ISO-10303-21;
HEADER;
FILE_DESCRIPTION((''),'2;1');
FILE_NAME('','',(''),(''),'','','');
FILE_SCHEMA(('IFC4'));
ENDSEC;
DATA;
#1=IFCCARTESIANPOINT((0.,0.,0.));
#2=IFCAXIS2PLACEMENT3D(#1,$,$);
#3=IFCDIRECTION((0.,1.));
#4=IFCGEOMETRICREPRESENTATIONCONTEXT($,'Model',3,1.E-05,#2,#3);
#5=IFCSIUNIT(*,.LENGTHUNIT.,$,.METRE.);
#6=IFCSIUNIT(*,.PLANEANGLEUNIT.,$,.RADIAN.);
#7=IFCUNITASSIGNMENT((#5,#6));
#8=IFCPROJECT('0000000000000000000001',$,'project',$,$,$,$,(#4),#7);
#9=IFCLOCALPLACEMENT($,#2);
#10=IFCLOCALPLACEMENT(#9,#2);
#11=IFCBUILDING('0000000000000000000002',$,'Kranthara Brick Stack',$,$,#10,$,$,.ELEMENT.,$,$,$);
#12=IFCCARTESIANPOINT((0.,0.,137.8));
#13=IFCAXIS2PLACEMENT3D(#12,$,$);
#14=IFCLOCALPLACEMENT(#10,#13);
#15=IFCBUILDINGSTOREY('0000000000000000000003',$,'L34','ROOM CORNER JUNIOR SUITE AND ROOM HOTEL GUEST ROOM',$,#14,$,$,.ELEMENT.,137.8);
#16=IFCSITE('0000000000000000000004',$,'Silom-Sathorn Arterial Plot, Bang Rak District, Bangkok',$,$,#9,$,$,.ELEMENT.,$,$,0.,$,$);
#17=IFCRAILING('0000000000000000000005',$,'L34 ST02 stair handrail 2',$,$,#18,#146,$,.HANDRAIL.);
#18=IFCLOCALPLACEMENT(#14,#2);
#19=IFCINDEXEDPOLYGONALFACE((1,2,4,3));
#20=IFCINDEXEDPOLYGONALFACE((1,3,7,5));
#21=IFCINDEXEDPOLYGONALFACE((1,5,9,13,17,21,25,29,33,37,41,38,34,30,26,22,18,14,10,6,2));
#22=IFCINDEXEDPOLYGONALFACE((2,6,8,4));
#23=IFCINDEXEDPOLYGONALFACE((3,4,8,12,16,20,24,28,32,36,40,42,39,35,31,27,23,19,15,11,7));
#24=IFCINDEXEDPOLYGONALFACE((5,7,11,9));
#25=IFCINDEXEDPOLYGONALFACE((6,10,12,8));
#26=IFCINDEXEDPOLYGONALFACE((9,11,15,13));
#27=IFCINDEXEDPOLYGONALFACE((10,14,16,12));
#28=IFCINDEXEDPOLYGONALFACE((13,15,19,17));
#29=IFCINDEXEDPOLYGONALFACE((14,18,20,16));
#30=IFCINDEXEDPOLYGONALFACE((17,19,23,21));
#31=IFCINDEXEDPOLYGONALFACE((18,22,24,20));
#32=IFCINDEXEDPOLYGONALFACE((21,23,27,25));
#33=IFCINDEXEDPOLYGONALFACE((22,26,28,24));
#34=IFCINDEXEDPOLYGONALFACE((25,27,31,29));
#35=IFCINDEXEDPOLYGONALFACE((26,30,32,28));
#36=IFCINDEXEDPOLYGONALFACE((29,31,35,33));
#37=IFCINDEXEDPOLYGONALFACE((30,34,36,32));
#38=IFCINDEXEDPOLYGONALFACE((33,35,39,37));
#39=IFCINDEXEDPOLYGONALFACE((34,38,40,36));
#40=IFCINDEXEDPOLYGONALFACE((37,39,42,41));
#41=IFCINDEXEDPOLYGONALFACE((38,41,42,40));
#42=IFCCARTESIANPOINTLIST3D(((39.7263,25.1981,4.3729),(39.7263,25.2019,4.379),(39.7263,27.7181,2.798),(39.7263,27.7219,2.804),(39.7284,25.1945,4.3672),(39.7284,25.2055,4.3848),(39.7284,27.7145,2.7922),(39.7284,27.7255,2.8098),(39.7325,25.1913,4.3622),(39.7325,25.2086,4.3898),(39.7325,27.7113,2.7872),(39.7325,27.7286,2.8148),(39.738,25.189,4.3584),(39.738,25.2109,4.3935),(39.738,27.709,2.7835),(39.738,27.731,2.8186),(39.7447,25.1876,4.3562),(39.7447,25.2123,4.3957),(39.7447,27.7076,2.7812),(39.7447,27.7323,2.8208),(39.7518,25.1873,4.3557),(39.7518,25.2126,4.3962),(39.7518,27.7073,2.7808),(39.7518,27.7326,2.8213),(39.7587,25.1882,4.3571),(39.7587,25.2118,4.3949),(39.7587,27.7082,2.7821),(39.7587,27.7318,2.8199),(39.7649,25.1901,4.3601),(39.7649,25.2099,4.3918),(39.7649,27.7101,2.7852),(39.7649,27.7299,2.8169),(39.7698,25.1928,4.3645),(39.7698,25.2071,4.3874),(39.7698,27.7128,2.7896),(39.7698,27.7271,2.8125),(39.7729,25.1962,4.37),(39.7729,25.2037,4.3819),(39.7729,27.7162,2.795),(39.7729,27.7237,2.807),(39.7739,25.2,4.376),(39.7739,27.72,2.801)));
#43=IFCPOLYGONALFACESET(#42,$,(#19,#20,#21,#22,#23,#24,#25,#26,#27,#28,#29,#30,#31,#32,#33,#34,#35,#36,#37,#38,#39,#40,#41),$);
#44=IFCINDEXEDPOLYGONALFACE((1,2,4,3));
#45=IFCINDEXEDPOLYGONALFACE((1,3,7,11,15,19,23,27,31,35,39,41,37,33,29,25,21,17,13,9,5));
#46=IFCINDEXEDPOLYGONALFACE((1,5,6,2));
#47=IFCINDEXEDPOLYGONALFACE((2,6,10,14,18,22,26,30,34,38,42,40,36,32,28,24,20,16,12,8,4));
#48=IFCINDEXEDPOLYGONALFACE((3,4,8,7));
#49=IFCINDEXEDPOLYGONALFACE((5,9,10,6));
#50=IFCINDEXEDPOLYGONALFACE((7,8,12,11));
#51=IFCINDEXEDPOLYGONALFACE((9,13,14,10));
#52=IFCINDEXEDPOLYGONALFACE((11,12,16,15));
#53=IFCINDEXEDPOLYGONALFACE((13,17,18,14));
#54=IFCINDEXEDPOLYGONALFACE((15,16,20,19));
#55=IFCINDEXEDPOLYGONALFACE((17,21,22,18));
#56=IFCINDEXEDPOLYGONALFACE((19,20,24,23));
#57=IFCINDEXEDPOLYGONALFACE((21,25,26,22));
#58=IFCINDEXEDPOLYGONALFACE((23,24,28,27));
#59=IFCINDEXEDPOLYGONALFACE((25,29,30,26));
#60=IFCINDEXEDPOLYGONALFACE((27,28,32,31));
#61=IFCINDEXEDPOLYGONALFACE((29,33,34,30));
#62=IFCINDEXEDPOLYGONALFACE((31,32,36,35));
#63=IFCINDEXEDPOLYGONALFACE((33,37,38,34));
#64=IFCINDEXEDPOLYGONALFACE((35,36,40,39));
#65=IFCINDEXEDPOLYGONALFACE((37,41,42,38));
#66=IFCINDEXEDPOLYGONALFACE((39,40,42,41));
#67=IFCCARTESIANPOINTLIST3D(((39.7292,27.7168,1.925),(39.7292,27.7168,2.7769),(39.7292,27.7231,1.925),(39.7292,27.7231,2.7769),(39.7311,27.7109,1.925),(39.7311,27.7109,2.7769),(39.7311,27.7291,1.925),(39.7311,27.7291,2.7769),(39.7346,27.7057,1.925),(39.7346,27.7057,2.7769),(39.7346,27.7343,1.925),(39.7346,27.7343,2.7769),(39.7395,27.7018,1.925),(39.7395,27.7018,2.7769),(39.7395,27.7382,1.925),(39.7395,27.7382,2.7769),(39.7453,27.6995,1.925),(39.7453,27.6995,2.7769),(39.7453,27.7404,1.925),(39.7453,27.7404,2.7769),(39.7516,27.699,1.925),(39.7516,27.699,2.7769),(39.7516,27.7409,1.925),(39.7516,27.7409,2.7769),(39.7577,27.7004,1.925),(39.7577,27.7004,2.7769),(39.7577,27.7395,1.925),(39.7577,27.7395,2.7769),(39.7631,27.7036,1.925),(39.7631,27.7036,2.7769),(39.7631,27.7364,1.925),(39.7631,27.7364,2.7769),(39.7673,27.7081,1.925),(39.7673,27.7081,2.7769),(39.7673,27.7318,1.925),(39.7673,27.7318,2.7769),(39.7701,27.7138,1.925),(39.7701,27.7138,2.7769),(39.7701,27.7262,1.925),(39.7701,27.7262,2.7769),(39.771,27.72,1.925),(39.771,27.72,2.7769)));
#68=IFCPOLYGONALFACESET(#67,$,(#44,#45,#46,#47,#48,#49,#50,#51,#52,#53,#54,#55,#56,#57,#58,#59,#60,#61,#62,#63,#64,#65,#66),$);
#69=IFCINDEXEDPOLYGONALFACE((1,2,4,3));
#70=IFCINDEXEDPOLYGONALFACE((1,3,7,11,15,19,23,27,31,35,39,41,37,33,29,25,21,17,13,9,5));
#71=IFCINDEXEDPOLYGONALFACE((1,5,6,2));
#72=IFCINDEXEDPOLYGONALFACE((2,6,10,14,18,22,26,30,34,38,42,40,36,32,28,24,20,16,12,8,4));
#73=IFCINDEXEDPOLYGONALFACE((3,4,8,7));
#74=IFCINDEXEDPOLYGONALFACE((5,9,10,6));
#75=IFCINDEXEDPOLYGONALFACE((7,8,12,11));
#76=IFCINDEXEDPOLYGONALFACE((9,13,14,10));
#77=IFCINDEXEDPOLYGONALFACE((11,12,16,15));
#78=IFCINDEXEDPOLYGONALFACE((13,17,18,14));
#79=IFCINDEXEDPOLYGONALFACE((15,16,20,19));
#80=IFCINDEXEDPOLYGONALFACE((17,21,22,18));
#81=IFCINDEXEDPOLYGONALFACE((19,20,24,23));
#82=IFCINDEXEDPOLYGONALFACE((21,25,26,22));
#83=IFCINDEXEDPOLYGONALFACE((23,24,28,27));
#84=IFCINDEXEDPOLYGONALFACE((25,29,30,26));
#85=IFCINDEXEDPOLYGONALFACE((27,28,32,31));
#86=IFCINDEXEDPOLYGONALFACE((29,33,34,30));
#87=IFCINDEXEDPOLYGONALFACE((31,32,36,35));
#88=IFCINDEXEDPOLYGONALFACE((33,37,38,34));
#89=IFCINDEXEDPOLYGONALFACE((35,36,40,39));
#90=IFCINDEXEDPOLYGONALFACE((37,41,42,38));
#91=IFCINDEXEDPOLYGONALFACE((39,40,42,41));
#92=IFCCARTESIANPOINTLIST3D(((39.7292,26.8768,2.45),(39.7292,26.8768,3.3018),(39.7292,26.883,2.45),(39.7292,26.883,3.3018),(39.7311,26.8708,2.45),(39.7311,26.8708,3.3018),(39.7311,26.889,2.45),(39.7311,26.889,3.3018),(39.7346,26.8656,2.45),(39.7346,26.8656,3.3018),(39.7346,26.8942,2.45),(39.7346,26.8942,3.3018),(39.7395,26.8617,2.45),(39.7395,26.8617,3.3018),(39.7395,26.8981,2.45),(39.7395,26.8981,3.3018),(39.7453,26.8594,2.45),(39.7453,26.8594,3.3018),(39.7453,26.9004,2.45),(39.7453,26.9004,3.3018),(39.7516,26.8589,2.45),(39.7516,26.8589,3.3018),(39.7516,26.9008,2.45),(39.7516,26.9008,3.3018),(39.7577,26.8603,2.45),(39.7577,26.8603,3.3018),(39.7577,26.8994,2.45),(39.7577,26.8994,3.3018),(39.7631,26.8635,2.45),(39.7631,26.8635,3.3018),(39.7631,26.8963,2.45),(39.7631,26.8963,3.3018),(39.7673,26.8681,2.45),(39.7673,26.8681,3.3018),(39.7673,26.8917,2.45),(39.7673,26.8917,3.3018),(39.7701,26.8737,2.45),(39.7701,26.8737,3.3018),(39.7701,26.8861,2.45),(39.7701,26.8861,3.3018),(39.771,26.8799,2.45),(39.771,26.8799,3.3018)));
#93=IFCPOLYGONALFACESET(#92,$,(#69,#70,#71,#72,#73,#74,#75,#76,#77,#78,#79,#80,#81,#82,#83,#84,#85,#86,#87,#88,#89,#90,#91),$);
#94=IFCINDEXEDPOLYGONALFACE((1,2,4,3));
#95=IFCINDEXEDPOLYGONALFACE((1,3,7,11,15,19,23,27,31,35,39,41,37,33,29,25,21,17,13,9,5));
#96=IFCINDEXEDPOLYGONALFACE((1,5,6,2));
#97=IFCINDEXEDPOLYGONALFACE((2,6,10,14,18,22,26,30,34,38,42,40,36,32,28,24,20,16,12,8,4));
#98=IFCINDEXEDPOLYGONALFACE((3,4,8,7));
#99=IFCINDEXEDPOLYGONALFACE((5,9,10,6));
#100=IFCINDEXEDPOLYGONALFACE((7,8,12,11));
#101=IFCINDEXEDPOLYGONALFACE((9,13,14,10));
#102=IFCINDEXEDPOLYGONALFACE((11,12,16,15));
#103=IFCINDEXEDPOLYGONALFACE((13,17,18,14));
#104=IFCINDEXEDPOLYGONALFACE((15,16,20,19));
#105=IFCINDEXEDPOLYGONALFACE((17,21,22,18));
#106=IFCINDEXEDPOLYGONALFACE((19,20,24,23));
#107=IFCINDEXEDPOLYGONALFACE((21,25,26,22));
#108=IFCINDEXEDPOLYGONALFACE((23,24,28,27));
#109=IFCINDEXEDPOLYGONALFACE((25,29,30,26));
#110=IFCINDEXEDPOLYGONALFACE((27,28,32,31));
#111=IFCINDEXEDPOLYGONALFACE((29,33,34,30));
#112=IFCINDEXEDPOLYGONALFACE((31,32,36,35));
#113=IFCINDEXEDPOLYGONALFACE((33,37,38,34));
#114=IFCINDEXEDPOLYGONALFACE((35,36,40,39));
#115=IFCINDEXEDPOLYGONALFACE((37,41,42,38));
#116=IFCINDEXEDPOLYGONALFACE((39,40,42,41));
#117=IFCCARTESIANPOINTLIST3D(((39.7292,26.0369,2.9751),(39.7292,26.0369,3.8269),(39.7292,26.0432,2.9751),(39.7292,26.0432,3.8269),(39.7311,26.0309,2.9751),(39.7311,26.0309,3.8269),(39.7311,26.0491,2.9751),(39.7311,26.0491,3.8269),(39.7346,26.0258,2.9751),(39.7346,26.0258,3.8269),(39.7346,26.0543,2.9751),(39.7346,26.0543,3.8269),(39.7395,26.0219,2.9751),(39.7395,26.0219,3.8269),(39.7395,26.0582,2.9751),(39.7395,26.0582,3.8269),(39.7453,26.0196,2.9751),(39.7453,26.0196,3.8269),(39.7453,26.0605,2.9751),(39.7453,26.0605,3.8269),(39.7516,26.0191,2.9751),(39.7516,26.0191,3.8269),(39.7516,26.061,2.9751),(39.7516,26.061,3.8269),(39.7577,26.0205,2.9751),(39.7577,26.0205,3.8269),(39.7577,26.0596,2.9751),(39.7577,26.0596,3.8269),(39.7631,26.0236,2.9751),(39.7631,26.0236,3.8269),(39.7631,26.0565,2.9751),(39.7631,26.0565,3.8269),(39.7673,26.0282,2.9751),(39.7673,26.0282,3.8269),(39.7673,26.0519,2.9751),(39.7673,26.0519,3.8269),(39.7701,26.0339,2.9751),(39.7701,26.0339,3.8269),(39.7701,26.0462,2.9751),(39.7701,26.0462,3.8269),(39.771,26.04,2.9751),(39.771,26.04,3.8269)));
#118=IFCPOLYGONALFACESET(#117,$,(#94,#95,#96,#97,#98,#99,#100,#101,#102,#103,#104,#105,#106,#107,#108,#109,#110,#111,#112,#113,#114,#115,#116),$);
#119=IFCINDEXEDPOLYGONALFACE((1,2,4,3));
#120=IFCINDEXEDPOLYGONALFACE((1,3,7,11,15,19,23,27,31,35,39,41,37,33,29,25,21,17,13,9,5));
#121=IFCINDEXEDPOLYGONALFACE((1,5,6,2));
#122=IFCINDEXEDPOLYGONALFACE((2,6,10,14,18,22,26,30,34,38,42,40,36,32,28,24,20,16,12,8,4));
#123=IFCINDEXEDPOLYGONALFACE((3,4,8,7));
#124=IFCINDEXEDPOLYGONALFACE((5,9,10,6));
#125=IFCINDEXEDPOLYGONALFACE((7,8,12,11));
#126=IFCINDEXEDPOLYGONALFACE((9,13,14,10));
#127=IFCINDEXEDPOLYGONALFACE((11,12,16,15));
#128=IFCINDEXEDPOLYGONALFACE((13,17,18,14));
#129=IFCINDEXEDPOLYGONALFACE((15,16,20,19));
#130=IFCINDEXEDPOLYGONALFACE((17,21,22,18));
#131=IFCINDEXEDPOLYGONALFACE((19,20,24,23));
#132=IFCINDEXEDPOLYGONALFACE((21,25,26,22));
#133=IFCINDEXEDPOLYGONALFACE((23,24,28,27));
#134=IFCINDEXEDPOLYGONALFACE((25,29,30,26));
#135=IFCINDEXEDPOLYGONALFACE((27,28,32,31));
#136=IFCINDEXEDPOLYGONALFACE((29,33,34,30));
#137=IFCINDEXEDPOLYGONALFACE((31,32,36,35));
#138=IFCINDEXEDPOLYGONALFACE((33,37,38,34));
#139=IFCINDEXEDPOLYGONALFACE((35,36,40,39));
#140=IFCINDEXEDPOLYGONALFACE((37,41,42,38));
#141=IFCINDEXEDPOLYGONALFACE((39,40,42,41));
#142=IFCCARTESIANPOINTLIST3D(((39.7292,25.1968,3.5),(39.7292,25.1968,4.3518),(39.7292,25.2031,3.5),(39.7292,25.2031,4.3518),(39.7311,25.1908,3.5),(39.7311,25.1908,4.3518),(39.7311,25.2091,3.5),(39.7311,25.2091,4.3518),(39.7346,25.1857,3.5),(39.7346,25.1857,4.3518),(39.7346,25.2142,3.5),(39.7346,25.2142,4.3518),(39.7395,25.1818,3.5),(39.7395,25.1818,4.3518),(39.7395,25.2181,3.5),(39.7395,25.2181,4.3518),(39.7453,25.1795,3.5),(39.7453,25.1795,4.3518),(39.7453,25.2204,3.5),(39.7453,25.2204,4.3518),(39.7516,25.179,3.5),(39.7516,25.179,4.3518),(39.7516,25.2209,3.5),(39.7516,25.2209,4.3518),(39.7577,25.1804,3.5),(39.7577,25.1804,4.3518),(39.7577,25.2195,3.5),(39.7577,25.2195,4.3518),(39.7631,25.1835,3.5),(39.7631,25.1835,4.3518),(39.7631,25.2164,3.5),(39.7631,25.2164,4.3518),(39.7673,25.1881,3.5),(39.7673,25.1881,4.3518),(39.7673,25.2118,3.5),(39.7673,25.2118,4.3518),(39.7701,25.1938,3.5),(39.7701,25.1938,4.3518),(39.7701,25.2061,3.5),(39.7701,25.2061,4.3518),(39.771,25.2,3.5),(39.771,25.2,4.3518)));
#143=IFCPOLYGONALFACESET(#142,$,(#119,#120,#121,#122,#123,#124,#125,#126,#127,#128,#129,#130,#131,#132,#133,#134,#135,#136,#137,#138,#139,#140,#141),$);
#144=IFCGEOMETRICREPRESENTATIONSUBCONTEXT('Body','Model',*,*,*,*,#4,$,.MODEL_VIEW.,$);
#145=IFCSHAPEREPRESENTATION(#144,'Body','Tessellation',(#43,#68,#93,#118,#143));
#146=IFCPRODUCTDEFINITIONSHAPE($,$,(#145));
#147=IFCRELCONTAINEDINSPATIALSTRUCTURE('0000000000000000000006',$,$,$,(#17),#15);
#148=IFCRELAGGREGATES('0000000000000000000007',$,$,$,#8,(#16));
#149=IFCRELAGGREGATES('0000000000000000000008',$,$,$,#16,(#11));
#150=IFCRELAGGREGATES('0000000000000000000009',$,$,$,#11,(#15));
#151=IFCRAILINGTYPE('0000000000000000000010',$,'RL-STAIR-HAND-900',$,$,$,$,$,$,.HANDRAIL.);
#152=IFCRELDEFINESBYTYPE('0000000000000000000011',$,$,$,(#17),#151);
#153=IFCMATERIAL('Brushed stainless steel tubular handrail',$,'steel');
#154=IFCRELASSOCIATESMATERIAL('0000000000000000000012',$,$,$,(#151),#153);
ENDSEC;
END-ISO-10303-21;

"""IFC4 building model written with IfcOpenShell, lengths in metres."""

from ifc_helpers import new_model, si_unit, direction, frame, origin, origin_2d, place, context, subcontext, project, spatial, circle, extrude, material, type_object, element, save


model = new_model("IFC4")

# Units and contexts
model_context = context("Model", 3, precision=1e-05, world=origin(), true_north=direction((0.0, 1.0)))
body_context = subcontext(model_context, "Body", "Model", "MODEL_VIEW")
ifc_project = project(units=[si_unit("LENGTHUNIT", "METRE"), si_unit("PLANEANGLEUNIT", "RADIAN")], contexts=[model_context])

# Site, building, storey
site_placement = place(None, origin())
site = spatial("IfcSite", under=ifc_project, at=site_placement, Name="Silom-Sathorn Arterial Plot, Bang Rak District, Bangkok", CompositionType="ELEMENT", RefElevation=0.0)
building_placement = place(site_placement, origin())
building = spatial("IfcBuilding", under=site, at=building_placement, Name="Kranthara Brick Stack", CompositionType="ELEMENT")
storey_placement = place(building_placement, frame((0.0, 0.0, 137.8)))
storey = spatial("IfcBuildingStorey", under=building, at=storey_placement, Name="L34", Description="ROOM CORNER JUNIOR SUITE AND ROOM HOTEL GUEST ROOM", CompositionType="ELEMENT", Elevation=137.8)

# Railing
ifc_material_1 = material(Name="Brushed stainless steel tubular handrail", Category="steel")
railing_type_1 = type_object("IfcRailingType", Name="RL-STAIR-HAND-900", PredefinedType="HANDRAIL", material=ifc_material_1)
railing_1_placement = place(storey_placement, frame((39.75, 27.72, 1.925)))
element("IfcRailing", 1, at=railing_1_placement, inside=storey, type_object=railing_type_1, Name="L34 ST02 stair handrail 2", PredefinedType="HANDRAIL", context=body_context, shape_type="SweptSolid", body=[
    extrude(circle(Radius=0.0239, at=origin_2d()), frame((0.0, 0.0, 0.876), z_axis=(0.0, -0.848008, 0.529984), x_axis=(1.0, 0.0, 0.0)), (0.0, 0.0, 1.0), 2.9717),
    extrude(circle(Radius=0.021, at=origin_2d()), origin(), (0.0, 0.0, 1.0), 0.8518),
    extrude(circle(Radius=0.021, at=origin_2d()), frame((0.0, -0.8401, 0.5249)), (0.0, 0.0, 1.0), 0.8518),
    extrude(circle(Radius=0.021, at=origin_2d()), frame((0.0, -1.6799, 1.05)), (0.0, 0.0, 1.0), 0.8518),
    extrude(circle(Radius=0.021, at=origin_2d()), frame((0.0, -2.52, 1.575)), (0.0, 0.0, 1.0), 0.8518),
])

save(model, "model.ifc")
